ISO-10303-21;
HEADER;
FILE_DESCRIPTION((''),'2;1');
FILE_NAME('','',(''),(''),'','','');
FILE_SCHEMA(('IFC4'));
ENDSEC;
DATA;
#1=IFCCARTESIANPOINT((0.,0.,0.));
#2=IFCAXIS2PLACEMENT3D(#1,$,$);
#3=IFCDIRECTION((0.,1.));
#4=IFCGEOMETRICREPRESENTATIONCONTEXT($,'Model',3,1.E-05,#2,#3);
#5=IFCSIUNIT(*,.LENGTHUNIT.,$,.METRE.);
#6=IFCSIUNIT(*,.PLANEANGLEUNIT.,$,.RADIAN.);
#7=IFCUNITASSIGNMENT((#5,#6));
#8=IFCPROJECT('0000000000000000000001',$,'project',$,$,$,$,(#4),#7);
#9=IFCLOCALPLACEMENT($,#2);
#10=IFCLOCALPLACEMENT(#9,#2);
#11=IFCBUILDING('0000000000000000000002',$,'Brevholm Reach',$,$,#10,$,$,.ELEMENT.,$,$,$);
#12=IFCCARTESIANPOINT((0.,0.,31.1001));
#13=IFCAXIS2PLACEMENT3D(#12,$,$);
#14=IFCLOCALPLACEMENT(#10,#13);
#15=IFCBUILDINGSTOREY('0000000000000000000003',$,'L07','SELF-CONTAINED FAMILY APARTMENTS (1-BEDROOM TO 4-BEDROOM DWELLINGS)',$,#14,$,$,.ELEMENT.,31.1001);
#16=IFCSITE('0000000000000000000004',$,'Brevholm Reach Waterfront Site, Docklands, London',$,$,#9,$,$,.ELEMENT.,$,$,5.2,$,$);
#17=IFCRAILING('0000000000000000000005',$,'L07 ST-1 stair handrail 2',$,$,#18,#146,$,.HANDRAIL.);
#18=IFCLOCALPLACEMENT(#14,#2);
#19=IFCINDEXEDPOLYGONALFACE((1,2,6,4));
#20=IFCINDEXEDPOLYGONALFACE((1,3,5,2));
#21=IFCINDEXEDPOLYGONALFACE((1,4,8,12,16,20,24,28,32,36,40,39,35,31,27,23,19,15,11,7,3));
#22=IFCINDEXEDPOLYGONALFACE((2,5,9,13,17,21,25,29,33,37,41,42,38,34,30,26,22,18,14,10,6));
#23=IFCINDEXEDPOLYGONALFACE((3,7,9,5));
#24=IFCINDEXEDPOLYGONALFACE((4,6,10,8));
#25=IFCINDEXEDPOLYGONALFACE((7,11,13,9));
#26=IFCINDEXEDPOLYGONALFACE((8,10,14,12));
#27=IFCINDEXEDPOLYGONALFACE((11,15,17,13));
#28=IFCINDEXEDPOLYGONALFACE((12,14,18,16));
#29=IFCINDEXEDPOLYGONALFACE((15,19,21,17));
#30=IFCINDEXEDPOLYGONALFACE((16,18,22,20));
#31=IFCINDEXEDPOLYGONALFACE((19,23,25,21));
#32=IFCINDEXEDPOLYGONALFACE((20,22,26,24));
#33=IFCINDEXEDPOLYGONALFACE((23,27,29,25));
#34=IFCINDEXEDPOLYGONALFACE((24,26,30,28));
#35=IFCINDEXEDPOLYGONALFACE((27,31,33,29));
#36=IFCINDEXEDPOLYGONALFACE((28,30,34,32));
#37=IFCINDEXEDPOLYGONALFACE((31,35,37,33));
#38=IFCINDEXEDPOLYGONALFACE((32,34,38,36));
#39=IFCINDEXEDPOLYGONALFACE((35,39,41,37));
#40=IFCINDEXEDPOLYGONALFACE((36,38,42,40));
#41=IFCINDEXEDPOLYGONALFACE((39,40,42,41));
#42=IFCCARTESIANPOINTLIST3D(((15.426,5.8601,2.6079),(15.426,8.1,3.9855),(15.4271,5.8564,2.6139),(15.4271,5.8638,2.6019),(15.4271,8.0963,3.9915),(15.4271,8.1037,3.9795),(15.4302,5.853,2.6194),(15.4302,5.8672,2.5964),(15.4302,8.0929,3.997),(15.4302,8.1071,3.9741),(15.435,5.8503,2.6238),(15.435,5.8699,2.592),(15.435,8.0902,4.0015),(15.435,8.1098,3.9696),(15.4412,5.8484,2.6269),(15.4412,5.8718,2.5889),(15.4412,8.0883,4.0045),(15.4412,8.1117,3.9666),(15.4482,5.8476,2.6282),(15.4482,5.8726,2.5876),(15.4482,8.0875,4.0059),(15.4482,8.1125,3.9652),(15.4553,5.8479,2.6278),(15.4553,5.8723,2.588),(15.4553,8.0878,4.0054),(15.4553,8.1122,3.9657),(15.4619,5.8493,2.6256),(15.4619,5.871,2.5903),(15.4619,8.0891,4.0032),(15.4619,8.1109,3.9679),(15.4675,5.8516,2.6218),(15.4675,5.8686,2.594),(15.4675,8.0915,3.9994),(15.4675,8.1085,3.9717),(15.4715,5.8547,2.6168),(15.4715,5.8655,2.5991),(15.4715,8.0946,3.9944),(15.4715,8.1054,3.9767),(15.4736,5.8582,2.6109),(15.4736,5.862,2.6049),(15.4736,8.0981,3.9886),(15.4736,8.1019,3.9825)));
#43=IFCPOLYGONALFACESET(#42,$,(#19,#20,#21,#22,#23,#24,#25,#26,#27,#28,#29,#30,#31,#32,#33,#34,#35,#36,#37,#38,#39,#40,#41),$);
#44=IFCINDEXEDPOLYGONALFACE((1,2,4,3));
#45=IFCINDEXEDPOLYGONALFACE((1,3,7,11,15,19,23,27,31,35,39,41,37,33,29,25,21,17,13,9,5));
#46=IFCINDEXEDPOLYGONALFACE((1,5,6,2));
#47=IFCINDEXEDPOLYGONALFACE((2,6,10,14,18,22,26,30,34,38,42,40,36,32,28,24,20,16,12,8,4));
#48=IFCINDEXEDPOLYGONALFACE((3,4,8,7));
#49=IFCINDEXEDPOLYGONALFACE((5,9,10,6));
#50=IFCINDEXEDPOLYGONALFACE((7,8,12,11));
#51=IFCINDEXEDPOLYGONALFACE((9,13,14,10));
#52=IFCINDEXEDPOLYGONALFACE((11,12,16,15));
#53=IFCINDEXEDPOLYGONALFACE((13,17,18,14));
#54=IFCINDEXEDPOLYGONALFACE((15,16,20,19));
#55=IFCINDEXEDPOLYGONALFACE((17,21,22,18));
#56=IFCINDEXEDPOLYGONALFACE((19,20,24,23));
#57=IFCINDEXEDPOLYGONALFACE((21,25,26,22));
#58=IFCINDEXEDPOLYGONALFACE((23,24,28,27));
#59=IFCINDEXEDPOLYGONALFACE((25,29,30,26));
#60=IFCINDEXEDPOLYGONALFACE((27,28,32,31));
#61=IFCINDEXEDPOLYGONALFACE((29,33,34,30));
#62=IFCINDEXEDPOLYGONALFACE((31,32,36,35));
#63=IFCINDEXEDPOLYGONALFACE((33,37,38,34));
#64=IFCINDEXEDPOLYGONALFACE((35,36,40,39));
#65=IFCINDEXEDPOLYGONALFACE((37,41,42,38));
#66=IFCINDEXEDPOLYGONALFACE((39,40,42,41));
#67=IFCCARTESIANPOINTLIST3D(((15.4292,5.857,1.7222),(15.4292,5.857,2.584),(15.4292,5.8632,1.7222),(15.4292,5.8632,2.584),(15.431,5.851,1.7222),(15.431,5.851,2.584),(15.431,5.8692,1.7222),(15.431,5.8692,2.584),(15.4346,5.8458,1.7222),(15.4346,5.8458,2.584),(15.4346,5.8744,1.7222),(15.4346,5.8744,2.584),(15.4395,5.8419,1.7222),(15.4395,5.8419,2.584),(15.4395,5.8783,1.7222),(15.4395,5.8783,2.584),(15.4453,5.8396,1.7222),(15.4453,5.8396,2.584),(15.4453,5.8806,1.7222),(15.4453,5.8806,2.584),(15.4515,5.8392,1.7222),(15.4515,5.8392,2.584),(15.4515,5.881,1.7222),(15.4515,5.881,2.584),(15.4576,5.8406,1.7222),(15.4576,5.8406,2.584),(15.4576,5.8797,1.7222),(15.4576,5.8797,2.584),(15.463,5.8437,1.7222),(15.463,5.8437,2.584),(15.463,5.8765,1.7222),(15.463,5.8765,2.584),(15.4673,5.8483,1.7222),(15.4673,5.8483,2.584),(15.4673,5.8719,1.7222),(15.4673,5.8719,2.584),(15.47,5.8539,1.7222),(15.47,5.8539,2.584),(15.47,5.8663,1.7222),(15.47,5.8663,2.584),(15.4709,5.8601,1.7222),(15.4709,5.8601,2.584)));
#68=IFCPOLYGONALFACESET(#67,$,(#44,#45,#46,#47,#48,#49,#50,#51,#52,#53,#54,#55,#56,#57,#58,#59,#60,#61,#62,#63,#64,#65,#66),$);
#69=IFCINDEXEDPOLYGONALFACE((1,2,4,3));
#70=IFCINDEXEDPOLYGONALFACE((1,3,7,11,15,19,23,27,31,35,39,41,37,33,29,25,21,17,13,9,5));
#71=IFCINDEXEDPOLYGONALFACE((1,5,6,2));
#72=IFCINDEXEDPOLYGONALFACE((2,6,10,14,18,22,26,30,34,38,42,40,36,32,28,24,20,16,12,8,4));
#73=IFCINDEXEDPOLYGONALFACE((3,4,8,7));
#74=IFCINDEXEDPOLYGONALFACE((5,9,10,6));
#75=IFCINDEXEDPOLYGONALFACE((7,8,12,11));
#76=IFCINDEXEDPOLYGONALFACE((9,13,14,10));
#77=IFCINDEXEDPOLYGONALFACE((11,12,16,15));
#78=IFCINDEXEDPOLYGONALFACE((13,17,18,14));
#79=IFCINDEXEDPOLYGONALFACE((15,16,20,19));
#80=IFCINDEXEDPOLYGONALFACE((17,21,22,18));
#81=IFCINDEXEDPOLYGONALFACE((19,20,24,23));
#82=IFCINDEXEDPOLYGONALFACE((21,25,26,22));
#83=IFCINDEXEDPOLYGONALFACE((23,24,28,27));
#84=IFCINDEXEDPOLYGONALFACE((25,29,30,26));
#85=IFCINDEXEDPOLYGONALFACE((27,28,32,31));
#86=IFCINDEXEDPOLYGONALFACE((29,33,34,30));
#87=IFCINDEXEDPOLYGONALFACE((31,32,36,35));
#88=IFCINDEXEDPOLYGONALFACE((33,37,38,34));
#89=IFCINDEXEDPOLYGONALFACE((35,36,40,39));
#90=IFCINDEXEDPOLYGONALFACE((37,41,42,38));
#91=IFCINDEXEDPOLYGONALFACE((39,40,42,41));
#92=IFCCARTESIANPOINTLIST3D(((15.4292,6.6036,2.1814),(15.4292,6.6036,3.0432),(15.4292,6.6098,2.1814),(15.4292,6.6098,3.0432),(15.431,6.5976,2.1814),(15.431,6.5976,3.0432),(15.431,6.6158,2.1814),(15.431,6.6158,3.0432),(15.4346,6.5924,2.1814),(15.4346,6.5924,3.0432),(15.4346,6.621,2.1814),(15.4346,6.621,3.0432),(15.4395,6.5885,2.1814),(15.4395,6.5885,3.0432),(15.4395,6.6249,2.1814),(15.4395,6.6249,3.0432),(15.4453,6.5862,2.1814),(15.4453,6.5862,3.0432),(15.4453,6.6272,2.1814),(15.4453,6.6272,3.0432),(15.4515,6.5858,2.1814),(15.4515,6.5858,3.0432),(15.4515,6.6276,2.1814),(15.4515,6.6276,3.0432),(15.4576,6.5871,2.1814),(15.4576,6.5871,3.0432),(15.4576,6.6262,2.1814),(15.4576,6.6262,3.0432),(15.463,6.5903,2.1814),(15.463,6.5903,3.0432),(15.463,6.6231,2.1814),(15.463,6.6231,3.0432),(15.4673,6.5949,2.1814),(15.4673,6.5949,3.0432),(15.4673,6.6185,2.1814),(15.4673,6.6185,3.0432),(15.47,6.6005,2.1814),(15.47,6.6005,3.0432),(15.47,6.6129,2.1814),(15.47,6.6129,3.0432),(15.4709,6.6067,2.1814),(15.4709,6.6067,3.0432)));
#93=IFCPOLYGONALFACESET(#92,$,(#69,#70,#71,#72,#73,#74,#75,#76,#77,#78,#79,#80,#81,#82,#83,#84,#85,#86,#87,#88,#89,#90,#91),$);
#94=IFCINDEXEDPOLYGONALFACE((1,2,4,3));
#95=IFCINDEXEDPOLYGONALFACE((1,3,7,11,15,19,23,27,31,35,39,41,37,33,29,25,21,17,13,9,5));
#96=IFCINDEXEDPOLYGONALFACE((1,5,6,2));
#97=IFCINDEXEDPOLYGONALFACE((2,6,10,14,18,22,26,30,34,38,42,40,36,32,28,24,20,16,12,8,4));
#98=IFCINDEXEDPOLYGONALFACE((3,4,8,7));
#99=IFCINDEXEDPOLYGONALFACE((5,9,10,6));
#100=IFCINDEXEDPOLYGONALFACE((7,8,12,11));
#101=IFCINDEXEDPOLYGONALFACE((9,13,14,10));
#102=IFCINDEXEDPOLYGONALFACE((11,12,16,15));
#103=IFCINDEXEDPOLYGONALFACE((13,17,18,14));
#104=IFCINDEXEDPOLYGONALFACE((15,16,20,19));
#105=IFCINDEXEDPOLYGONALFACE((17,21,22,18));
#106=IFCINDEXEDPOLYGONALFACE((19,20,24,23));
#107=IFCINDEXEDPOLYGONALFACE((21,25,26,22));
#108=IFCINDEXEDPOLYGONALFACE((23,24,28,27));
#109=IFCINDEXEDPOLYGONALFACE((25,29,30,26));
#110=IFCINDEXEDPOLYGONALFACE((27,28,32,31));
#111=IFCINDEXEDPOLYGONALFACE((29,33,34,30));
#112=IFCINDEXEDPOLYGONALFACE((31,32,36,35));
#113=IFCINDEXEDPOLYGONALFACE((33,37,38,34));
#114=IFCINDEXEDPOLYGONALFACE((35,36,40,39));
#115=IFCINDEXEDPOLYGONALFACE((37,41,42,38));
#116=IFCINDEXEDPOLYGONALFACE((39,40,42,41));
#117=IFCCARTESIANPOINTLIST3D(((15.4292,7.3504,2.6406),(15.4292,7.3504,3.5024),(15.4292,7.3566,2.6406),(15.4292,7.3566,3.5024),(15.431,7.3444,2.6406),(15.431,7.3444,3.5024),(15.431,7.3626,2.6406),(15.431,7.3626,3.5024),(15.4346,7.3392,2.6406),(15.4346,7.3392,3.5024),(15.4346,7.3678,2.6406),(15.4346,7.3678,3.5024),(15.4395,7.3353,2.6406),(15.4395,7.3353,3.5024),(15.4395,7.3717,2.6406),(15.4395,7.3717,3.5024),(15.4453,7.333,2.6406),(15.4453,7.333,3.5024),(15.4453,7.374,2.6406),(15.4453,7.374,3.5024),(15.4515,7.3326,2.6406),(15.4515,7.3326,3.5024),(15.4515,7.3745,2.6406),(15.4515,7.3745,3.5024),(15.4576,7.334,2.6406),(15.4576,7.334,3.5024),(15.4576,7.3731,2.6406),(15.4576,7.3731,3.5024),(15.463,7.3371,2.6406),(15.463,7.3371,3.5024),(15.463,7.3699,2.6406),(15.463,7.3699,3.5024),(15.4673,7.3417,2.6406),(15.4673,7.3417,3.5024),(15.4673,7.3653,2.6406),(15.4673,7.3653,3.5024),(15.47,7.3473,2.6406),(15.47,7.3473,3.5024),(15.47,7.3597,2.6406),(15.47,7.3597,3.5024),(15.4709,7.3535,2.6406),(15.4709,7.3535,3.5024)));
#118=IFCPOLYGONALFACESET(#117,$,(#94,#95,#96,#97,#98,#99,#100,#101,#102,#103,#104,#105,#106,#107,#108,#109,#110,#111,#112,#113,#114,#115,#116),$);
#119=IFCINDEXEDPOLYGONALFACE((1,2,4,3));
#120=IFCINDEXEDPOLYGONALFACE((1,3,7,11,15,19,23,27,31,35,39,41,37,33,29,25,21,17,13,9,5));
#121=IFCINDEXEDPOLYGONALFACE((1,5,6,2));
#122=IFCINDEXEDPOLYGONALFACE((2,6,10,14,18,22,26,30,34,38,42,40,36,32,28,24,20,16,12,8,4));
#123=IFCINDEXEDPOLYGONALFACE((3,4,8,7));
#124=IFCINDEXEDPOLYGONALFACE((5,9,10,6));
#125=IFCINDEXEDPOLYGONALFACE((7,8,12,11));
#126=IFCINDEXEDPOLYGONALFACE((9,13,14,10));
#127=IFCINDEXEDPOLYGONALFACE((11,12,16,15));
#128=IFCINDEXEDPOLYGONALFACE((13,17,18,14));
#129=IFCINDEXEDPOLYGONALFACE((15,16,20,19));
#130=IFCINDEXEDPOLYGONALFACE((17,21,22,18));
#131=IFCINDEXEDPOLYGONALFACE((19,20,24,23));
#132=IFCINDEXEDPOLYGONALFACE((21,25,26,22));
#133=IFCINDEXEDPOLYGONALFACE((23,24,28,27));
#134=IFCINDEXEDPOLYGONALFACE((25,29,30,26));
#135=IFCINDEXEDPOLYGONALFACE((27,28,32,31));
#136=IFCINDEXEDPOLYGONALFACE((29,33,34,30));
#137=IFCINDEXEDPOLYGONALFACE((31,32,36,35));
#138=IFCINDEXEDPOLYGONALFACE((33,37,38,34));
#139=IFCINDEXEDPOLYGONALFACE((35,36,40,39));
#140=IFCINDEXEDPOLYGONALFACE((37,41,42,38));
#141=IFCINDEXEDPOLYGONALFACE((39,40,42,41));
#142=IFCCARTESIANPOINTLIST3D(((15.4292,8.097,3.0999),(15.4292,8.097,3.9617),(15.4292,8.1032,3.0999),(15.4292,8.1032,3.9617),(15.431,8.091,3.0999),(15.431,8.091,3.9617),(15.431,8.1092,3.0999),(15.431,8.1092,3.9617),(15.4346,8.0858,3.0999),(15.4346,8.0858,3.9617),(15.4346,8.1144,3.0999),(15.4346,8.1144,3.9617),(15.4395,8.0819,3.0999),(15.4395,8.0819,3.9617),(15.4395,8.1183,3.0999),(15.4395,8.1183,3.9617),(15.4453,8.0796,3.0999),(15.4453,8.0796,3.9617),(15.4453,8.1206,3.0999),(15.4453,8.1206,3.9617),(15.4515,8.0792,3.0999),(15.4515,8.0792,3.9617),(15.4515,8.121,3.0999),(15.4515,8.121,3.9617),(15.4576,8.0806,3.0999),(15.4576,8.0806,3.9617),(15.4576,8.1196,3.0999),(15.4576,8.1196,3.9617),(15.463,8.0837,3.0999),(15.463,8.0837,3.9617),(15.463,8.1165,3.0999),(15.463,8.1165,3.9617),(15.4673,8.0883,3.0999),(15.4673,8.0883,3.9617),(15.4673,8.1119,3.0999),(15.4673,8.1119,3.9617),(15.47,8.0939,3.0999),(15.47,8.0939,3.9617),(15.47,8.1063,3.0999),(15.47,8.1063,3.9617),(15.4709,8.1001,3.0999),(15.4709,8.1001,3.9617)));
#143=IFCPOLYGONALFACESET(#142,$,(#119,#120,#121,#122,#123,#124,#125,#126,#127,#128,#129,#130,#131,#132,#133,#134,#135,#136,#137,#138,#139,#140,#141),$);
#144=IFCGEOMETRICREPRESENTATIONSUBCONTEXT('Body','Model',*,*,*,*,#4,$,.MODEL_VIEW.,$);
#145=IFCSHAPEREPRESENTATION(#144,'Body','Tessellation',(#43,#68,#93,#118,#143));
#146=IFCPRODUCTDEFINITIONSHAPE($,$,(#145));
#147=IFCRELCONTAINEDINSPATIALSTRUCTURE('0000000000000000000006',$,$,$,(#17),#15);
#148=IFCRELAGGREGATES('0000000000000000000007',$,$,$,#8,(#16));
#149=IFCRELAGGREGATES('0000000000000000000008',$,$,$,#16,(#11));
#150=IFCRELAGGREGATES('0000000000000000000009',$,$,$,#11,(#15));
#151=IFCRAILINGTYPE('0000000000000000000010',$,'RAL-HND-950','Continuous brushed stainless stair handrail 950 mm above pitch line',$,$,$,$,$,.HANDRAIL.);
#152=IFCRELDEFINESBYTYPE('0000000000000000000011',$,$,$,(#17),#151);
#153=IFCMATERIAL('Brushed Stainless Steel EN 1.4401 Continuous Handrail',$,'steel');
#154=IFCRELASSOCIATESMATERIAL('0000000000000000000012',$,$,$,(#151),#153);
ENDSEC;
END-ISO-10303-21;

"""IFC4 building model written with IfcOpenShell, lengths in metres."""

from ifc_helpers import new_model, si_unit, direction, frame, origin, origin_2d, place, context, subcontext, project, spatial, circle, extrude, material, type_object, element, save


model = new_model("IFC4")

# Units and contexts
model_context = context("Model", 3, precision=1e-05, world=origin(), true_north=direction((0.0, 1.0)))
body_context = subcontext(model_context, "Body", "Model", "MODEL_VIEW")
ifc_project = project(units=[si_unit("LENGTHUNIT", "METRE"), si_unit("PLANEANGLEUNIT", "RADIAN")], contexts=[model_context])

# Site, building, storey
site_placement = place(None, origin())
site = spatial("IfcSite", under=ifc_project, at=site_placement, Name="Brevholm Reach Waterfront Site, Docklands, London", CompositionType="ELEMENT", RefElevation=5.2)
building_placement = place(site_placement, origin())
building = spatial("IfcBuilding", under=site, at=building_placement, Name="Brevholm Reach", CompositionType="ELEMENT")
storey_placement = place(building_placement, frame((0.0, 0.0, 31.1001)))
storey = spatial("IfcBuildingStorey", under=building, at=storey_placement, Name="L07", Description="SELF-CONTAINED FAMILY APARTMENTS (1-BEDROOM TO 4-BEDROOM DWELLINGS)", CompositionType="ELEMENT", Elevation=31.1001)

# Railing
ifc_material_1 = material(Name="Brushed Stainless Steel EN 1.4401 Continuous Handrail", Category="steel")
railing_type_1 = type_object("IfcRailingType", Name="RAL-HND-950", Description="Continuous brushed stainless stair handrail 950 mm above pitch line", PredefinedType="HANDRAIL", material=ifc_material_1)
railing_1_placement = place(storey_placement, frame((15.45, 5.8601, 1.7222)))
element("IfcRailing", 1, at=railing_1_placement, inside=storey, type_object=railing_type_1, Name="L07 ST-1 stair handrail 2", PredefinedType="HANDRAIL", context=body_context, shape_type="SweptSolid", body=[
    extrude(circle(Radius=0.0239, at=origin_2d()), frame((0.0, 0.0, 0.8857), z_axis=(0.0, 0.851789, 0.523885), x_axis=(-1.0, 0.0, 0.0)), (0.0, 0.0, 1.0), 2.6296),
    extrude(circle(Radius=0.021, at=origin_2d()), origin(), (0.0, 0.0, 1.0), 0.8618),
    extrude(circle(Radius=0.021, at=origin_2d()), frame((0.0, 0.7466, 0.4592)), (0.0, 0.0, 1.0), 0.8618),
    extrude(circle(Radius=0.021, at=origin_2d()), frame((0.0, 1.4934, 0.9185)), (0.0, 0.0, 1.0), 0.8618),
    extrude(circle(Radius=0.021, at=origin_2d()), frame((0.0, 2.24, 1.3777)), (0.0, 0.0, 1.0), 0.8618),
])

save(model, "model.ifc")
